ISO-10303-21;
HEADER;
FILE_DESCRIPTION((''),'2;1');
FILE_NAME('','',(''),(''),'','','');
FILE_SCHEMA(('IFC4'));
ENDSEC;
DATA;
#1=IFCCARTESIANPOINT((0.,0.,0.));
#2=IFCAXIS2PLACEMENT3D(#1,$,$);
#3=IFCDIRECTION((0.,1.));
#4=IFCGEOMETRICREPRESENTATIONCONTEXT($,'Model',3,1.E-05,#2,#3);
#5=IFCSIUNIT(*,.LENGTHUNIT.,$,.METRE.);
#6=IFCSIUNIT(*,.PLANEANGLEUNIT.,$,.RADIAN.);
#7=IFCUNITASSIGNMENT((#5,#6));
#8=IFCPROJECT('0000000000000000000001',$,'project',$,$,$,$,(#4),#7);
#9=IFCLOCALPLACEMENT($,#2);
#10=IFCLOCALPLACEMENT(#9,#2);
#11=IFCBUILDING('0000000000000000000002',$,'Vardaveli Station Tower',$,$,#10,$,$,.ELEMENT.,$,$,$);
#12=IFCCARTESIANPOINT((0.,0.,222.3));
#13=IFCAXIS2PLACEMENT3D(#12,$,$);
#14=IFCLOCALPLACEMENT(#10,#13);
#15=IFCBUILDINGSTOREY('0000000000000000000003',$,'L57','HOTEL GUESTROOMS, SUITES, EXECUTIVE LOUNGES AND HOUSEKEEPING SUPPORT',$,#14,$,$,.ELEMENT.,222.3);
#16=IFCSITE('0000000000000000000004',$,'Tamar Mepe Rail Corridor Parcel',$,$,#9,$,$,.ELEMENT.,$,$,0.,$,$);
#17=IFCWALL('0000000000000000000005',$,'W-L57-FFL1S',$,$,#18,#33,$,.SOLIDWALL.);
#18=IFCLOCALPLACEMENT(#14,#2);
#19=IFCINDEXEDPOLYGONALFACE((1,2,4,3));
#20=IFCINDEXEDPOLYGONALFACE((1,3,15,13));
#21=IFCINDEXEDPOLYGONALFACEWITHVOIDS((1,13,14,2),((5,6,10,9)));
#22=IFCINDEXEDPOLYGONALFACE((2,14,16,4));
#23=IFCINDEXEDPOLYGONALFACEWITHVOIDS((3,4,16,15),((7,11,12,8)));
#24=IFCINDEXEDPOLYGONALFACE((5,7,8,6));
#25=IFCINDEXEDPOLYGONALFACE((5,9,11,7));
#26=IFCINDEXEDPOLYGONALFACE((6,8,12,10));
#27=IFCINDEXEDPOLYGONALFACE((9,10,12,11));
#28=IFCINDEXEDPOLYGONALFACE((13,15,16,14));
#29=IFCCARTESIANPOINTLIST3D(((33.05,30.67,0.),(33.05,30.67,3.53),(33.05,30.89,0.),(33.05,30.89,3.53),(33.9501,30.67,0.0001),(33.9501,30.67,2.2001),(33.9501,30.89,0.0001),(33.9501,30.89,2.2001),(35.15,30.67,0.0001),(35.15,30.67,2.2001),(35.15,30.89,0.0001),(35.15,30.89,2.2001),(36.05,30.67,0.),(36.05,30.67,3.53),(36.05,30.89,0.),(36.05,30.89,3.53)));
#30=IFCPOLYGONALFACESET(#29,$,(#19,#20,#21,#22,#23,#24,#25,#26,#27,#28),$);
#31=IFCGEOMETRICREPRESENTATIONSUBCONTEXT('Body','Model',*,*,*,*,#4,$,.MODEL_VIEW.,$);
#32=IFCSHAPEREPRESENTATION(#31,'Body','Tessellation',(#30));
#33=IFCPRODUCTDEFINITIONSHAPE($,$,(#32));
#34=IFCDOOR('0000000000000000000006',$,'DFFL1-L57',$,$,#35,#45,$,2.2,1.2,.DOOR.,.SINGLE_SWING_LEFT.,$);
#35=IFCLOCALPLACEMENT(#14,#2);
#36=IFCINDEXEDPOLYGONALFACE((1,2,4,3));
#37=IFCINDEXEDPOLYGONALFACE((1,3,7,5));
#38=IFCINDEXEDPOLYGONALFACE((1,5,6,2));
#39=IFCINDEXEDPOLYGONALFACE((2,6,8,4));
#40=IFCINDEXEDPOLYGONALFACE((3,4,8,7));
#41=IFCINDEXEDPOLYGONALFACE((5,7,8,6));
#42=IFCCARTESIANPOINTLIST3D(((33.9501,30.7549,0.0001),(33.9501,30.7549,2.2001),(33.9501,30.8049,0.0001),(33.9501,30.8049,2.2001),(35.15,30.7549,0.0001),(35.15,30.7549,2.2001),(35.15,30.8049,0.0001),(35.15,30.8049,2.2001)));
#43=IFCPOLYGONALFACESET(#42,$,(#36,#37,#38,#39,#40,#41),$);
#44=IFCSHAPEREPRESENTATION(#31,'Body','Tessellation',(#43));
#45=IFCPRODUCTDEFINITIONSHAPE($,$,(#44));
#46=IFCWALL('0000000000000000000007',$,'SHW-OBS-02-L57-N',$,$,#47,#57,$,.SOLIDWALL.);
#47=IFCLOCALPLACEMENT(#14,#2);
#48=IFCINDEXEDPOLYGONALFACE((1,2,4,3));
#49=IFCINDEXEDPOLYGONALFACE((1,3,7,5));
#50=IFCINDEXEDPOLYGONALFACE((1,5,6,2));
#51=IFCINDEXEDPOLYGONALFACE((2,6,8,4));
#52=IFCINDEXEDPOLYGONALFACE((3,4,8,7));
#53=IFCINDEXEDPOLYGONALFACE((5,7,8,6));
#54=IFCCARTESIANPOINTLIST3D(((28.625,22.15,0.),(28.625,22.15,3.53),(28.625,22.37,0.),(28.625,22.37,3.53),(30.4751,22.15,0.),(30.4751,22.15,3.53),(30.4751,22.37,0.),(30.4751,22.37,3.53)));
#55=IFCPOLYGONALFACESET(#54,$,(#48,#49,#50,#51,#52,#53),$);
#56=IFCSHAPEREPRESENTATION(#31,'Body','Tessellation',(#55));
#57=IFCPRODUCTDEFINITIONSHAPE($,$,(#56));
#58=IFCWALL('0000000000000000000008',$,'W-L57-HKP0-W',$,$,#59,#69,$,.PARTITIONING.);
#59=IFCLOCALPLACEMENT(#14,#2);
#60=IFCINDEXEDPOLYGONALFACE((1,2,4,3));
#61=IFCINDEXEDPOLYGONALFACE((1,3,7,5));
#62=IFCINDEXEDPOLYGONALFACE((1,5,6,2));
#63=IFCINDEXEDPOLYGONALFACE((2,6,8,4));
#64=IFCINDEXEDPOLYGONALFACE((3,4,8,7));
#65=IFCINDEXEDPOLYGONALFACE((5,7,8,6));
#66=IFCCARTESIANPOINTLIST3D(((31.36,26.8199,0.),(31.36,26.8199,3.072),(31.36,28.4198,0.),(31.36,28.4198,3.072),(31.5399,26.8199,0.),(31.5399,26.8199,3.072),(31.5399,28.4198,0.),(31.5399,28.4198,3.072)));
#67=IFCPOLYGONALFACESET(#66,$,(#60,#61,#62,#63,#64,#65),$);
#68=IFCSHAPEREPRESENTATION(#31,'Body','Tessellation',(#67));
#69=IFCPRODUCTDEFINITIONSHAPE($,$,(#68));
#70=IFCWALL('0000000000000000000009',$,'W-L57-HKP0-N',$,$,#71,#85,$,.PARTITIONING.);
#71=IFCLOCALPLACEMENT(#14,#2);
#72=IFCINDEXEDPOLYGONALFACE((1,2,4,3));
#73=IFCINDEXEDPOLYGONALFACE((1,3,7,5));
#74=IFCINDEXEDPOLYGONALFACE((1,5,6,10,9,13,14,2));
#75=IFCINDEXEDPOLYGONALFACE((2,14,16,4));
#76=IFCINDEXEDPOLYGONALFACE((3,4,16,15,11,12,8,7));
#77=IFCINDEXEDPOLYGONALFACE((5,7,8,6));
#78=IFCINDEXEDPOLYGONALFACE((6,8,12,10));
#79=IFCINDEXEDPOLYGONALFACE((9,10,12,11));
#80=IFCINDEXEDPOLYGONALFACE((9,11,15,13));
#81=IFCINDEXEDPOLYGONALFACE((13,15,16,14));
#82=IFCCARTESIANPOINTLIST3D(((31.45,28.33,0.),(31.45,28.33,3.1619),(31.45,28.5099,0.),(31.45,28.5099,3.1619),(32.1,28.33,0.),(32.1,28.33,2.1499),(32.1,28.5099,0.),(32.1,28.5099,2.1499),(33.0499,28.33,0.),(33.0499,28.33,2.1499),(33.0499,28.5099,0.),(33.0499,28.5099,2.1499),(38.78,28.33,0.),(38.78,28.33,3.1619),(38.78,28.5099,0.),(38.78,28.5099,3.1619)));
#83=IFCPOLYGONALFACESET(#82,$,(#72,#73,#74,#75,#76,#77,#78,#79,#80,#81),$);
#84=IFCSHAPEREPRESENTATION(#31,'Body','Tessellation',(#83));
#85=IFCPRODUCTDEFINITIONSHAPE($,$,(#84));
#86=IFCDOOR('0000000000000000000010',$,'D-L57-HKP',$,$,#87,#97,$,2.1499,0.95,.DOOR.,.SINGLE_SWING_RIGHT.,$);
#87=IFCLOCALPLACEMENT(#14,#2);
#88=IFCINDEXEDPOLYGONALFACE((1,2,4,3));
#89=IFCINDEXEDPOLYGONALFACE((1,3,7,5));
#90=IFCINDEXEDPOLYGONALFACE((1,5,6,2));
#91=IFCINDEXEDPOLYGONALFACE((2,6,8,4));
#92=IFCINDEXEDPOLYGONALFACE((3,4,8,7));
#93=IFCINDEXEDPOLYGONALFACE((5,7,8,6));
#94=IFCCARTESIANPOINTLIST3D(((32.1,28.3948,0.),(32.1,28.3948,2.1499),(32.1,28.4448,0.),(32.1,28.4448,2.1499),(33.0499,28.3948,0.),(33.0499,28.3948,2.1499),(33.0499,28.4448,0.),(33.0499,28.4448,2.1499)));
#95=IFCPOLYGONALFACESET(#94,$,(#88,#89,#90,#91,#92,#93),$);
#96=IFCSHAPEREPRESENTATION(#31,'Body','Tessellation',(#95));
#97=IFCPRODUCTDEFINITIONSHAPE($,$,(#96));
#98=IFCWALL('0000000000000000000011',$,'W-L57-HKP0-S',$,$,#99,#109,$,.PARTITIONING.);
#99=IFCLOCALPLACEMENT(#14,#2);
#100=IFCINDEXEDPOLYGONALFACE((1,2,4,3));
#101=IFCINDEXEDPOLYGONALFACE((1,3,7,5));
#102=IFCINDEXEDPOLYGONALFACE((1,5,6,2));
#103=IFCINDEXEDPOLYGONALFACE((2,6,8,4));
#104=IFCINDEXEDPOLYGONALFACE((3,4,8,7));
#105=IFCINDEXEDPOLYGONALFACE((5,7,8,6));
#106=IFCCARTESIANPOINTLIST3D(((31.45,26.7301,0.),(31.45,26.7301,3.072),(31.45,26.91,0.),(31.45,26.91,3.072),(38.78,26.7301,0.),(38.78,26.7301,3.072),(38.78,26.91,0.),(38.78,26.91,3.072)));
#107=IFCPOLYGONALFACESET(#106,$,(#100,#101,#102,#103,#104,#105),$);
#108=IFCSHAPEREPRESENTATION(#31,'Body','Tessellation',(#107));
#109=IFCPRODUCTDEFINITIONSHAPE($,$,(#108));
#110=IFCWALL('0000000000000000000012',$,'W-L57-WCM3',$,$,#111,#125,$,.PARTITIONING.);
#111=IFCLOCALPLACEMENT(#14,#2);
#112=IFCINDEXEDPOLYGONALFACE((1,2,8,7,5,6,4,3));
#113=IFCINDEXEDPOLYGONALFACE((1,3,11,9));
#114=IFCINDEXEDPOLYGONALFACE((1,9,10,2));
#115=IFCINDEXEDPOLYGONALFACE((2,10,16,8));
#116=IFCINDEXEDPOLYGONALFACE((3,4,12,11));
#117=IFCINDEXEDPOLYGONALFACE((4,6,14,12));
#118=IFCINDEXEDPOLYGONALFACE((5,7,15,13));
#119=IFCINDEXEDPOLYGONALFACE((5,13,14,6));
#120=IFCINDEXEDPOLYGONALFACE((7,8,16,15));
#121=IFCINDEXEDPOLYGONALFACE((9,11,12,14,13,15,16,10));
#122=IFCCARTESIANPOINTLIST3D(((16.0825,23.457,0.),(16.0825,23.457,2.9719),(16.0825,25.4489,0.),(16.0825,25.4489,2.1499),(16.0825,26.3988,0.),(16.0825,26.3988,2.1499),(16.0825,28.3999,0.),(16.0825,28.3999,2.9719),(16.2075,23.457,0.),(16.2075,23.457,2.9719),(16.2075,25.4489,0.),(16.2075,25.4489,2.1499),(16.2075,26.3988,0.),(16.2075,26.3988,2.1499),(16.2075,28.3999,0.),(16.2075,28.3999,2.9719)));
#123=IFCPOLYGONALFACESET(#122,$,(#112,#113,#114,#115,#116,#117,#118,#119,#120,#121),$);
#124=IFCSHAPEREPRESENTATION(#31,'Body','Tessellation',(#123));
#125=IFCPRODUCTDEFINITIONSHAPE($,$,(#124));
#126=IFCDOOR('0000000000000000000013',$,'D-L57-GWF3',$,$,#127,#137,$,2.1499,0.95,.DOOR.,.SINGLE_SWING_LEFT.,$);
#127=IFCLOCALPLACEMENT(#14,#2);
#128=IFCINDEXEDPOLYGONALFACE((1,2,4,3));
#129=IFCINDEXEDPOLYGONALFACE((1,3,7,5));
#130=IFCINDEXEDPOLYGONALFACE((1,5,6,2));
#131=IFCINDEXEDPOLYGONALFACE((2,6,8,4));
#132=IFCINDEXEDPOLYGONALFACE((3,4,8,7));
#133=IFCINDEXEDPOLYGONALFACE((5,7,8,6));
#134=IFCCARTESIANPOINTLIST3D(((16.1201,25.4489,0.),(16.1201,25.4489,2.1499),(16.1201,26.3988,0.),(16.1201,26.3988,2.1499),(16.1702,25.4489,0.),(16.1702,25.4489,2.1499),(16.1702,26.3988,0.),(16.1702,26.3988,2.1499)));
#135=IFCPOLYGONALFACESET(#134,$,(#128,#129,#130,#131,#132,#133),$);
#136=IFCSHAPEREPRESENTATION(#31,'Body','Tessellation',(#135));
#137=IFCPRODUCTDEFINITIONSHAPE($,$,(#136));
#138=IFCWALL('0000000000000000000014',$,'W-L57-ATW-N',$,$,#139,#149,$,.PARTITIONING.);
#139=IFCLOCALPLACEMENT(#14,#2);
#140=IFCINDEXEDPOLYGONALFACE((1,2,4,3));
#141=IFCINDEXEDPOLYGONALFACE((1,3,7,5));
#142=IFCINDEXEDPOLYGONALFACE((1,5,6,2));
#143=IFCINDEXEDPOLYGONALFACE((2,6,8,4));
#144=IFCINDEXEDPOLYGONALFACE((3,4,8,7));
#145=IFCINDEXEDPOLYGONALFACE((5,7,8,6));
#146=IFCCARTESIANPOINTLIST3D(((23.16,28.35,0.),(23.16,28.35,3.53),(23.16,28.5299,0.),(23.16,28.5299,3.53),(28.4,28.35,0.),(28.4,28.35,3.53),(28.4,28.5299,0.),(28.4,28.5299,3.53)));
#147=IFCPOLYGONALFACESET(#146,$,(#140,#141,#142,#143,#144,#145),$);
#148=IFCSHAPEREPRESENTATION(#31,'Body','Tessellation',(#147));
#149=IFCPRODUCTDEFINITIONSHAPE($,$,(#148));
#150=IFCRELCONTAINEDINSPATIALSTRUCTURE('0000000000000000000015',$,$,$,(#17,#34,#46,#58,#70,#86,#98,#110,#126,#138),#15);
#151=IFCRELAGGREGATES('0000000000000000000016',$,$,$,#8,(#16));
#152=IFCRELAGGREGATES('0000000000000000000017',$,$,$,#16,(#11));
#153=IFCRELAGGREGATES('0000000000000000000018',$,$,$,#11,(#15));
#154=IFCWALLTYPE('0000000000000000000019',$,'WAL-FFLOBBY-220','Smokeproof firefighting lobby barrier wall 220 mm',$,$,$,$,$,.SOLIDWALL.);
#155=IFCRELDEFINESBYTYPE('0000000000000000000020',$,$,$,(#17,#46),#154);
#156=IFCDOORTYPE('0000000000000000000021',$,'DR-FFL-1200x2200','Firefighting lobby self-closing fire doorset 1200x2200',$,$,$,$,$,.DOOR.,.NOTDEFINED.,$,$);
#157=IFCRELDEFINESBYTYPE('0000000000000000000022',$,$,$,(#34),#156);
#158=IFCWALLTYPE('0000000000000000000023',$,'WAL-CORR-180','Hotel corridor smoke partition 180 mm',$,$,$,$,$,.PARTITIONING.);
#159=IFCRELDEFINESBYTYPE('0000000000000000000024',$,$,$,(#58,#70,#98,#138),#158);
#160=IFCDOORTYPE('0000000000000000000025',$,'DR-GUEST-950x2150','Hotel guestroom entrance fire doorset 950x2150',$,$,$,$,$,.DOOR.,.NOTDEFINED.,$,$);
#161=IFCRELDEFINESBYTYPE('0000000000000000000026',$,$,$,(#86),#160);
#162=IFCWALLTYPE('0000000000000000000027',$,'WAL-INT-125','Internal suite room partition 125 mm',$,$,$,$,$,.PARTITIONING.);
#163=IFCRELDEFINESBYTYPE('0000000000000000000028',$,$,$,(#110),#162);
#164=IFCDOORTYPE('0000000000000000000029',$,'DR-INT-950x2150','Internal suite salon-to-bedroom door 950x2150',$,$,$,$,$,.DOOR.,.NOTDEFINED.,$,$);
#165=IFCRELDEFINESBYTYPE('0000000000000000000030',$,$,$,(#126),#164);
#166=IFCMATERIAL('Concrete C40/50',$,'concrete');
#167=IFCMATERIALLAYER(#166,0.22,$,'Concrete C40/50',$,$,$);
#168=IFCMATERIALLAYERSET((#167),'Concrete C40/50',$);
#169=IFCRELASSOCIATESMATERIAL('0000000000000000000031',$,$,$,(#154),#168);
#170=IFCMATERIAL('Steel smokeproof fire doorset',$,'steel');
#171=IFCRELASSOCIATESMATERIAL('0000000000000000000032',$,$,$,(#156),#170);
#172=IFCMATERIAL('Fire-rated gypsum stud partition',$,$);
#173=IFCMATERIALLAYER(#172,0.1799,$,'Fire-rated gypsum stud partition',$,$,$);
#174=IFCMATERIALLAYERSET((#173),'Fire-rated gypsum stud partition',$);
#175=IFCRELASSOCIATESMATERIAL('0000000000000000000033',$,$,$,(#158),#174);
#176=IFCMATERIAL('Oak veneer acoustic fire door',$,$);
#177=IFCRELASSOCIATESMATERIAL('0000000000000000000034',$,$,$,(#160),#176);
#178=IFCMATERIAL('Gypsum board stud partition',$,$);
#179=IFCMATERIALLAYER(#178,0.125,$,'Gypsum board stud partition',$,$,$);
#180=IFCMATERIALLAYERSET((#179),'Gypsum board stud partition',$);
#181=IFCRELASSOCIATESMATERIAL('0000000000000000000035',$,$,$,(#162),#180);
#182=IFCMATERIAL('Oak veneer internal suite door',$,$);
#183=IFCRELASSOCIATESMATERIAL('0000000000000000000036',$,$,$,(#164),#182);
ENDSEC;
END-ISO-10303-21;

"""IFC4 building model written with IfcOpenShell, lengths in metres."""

from ifc_helpers import new_model, si_unit, direction, frame, frame_2d, origin, place, context, subcontext, project, spatial, rectangle, extrude, source, transform, mapped, material, layer, layer_set, type_object, element, fill, save


model = new_model("IFC4")

# Units and contexts
model_context = context("Model", 3, precision=1e-05, world=origin(), true_north=direction((0.0, 1.0)))
body_context = subcontext(model_context, "Body", "Model", "MODEL_VIEW")
ifc_project = project(units=[si_unit("LENGTHUNIT", "METRE"), si_unit("PLANEANGLEUNIT", "RADIAN")], contexts=[model_context])

# Site, building, storey
site_placement = place(None, origin())
site = spatial("IfcSite", under=ifc_project, at=site_placement, Name="Tamar Mepe Rail Corridor Parcel", CompositionType="ELEMENT", RefElevation=0.0)
building_placement = place(site_placement, origin())
building = spatial("IfcBuilding", under=site, at=building_placement, Name="Vardaveli Station Tower", CompositionType="ELEMENT")
storey_placement = place(building_placement, frame((0.0, 0.0, 222.3)))
storey = spatial("IfcBuildingStorey", under=building, at=storey_placement, Name="L57", Description="HOTEL GUESTROOMS, SUITES, EXECUTIVE LOUNGES AND HOUSEKEEPING SUPPORT", CompositionType="ELEMENT", Elevation=222.3)

# Shared definitions
ifc_material_1 = material(Name="Concrete C40/50", Category="concrete")

# Wall, opening, door
ifc_material_2 = material(Name="Steel smokeproof fire doorset", Category="steel")
ifc_layer_1 = layer(ifc_material_1, 0.22, Name="Concrete C40/50")
ifc_layer_set_1 = layer_set([ifc_layer_1], Name="Concrete C40/50")
wall_type_1 = type_object("IfcWallType", Name="WAL-FFLOBBY-220", Description="Smokeproof firefighting lobby barrier wall 220 mm", PredefinedType="SOLIDWALL", material=ifc_layer_set_1)
shared_shape_1 = source(origin(), body_context, "Body", "SweptSolid", [
    extrude(rectangle(XDim=3.0, YDim=0.22, at=frame_2d((1.5, 0.0))), origin(), (0.0, 0.0, 1.0), 3.53),
])
wall_1_placement = place(storey_placement, frame((33.05, 30.78, 0.0), z_axis=(0.0, 0.0, 1.0), x_axis=(1.0, 0.0, 0.0)))
wall_1 = element("IfcWall", 1, at=wall_1_placement, inside=storey, type_object=wall_type_1, Name="W-L57-FFL1S", PredefinedType="SOLIDWALL", context=body_context, shape_type="MappedRepresentation", body=[
    mapped(shared_shape_1, transform((0.0, 0.0, 0.0), scale=1.0)),
])
shared_shape_2 = source(origin(), body_context, "Body", "SweptSolid", [
    extrude(rectangle(XDim=1.2, YDim=2.2, at=frame_2d((0.6001, 1.1001))), frame((0.0, 0.1201, 0.0), z_axis=(0.0, -1.0, 0.0), x_axis=(1.0, 0.0, 0.0)), (0.0, 0.0, 1.0), 0.24),
])
opening_1_placement = place(wall_1_placement, frame((0.8999, 0.0, 0.0)))
opening_1 = element("IfcOpeningElement", 2, at=opening_1_placement, cuts=wall_1, PredefinedType="OPENING", context=body_context, shape_type="MappedRepresentation", body=[
    mapped(shared_shape_2, transform((0.0, 0.0, 0.0), scale=1.0)),
])
door_type_1 = type_object("IfcDoorType", Name="DR-FFL-1200x2200", Description="Firefighting lobby self-closing fire doorset 1200x2200", OperationType="NOTDEFINED", PredefinedType="DOOR", material=ifc_material_2)
shared_shape_3 = source(origin(), body_context, "Body", "SweptSolid", [
    extrude(rectangle(XDim=1.2, YDim=2.2, at=frame_2d((0.6001, 1.1001))), frame((0.0, 0.0249, 0.0), z_axis=(0.0, -1.0, 0.0), x_axis=(1.0, 0.0, 0.0)), (0.0, 0.0, 1.0), 0.05),
])
door_1_placement = place(opening_1_placement, origin())
door_1 = element("IfcDoor", 3, at=door_1_placement, inside=storey, type_object=door_type_1, Name="DFFL1-L57", OperationType="SINGLE_SWING_LEFT", OverallHeight=2.2, OverallWidth=1.2, PredefinedType="DOOR", context=body_context, shape_type="MappedRepresentation", body=[
    mapped(shared_shape_3, transform((0.0, 0.0, 0.0), scale=1.0)),
])
fill(opening_1, door_1)

# Walls
shared_shape_4 = source(origin(), body_context, "Body", "SweptSolid", [
    extrude(rectangle(XDim=1.8501, YDim=0.22, at=frame_2d((0.925, 0.0))), origin(), (0.0, 0.0, 1.0), 3.53),
])
wall_2_placement = place(storey_placement, frame((28.625, 22.26, 0.0), z_axis=(0.0, 0.0, 1.0), x_axis=(1.0, 0.0, 0.0)))
element("IfcWall", 4, at=wall_2_placement, inside=storey, type_object=wall_type_1, Name="SHW-OBS-02-L57-N", PredefinedType="SOLIDWALL", context=body_context, shape_type="MappedRepresentation", body=[
    mapped(shared_shape_4, transform((0.0, 0.0, 0.0), scale=1.0)),
])
ifc_material_3 = material(Name="Fire-rated gypsum stud partition")
ifc_layer_2 = layer(ifc_material_3, 0.1799, Name="Fire-rated gypsum stud partition")
ifc_layer_set_2 = layer_set([ifc_layer_2], Name="Fire-rated gypsum stud partition")
wall_type_2 = type_object("IfcWallType", Name="WAL-CORR-180", Description="Hotel corridor smoke partition 180 mm", PredefinedType="PARTITIONING", material=ifc_layer_set_2)
shared_shape_5 = source(origin(), body_context, "Body", "SweptSolid", [
    extrude(rectangle(XDim=1.5999, YDim=0.1799, at=frame_2d((0.7998, 0.0))), origin(), (0.0, 0.0, 1.0), 3.072),
])
wall_3_placement = place(storey_placement, frame((31.45, 26.8201, 0.0), z_axis=(0.0, 0.0, 1.0), x_axis=(0.0, 1.0, 0.0)))
element("IfcWall", 5, at=wall_3_placement, inside=storey, type_object=wall_type_2, Name="W-L57-HKP0-W", PredefinedType="PARTITIONING", context=body_context, shape_type="MappedRepresentation", body=[
    mapped(shared_shape_5, transform((0.0, 0.0, 0.0), scale=1.0)),
])

# Wall, opening, door
shared_shape_6 = source(origin(), body_context, "Body", "SweptSolid", [
    extrude(rectangle(XDim=7.3301, YDim=0.1799, at=frame_2d((3.665, 0.0))), origin(), (0.0, 0.0, 1.0), 3.1619),
])
wall_4_placement = place(storey_placement, frame((31.45, 28.4199, 0.0), z_axis=(0.0, 0.0, 1.0), x_axis=(1.0, 0.0, 0.0)))
wall_4 = element("IfcWall", 6, at=wall_4_placement, inside=storey, type_object=wall_type_2, Name="W-L57-HKP0-N", PredefinedType="PARTITIONING", context=body_context, shape_type="MappedRepresentation", body=[
    mapped(shared_shape_6, transform((0.0, 0.0, 0.0), scale=1.0)),
])
shared_shape_7 = source(origin(), body_context, "Body", "SweptSolid", [
    extrude(rectangle(XDim=0.95, YDim=2.1499, at=frame_2d((0.4751, 1.075))), frame((0.0, 0.1001, 0.0), z_axis=(0.0, -1.0, 0.0), x_axis=(1.0, 0.0, 0.0)), (0.0, 0.0, 1.0), 0.2),
])
opening_2_placement = place(wall_4_placement, frame((0.6499, 0.0, 0.0)))
opening_2 = element("IfcOpeningElement", 7, at=opening_2_placement, cuts=wall_4, PredefinedType="OPENING", context=body_context, shape_type="MappedRepresentation", body=[
    mapped(shared_shape_7, transform((0.0, 0.0, 0.0), scale=1.0)),
])
ifc_material_4 = material(Name="Oak veneer acoustic fire door")
door_type_2 = type_object("IfcDoorType", Name="DR-GUEST-950x2150", Description="Hotel guestroom entrance fire doorset 950x2150", OperationType="NOTDEFINED", PredefinedType="DOOR", material=ifc_material_4)
shared_shape_8 = source(origin(), body_context, "Body", "SweptSolid", [
    extrude(rectangle(XDim=0.95, YDim=2.1499, at=frame_2d((0.4751, 1.075))), frame((0.0, 0.0249, 0.0), z_axis=(0.0, -1.0, 0.0), x_axis=(1.0, 0.0, 0.0)), (0.0, 0.0, 1.0), 0.05),
])
door_2_placement = place(opening_2_placement, origin())
door_2 = element("IfcDoor", 8, at=door_2_placement, inside=storey, type_object=door_type_2, Name="D-L57-HKP", OperationType="SINGLE_SWING_RIGHT", OverallHeight=2.1499, OverallWidth=0.95, PredefinedType="DOOR", context=body_context, shape_type="MappedRepresentation", body=[
    mapped(shared_shape_8, transform((0.0, 0.0, 0.0), scale=1.0)),
])
fill(opening_2, door_2)

# Wall
shared_shape_9 = source(origin(), body_context, "Body", "SweptSolid", [
    extrude(rectangle(XDim=7.3301, YDim=0.1799, at=frame_2d((3.665, 0.0))), origin(), (0.0, 0.0, 1.0), 3.072),
])
wall_5_placement = place(storey_placement, frame((31.45, 26.8201, 0.0), z_axis=(0.0, 0.0, 1.0), x_axis=(1.0, 0.0, 0.0)))
element("IfcWall", 9, at=wall_5_placement, inside=storey, type_object=wall_type_2, Name="W-L57-HKP0-S", PredefinedType="PARTITIONING", context=body_context, shape_type="MappedRepresentation", body=[
    mapped(shared_shape_9, transform((0.0, 0.0, 0.0), scale=1.0)),
])

# Wall, opening, door
ifc_material_5 = material(Name="Gypsum board stud partition")
ifc_layer_3 = layer(ifc_material_5, 0.125, Name="Gypsum board stud partition")
ifc_layer_set_3 = layer_set([ifc_layer_3], Name="Gypsum board stud partition")
wall_type_3 = type_object("IfcWallType", Name="WAL-INT-125", Description="Internal suite room partition 125 mm", PredefinedType="PARTITIONING", material=ifc_layer_set_3)
shared_shape_10 = source(origin(), body_context, "Body", "SweptSolid", [
    extrude(rectangle(XDim=4.9429, YDim=0.125, at=frame_2d((2.4714, 0.0))), origin(), (0.0, 0.0, 1.0), 2.9719),
])
wall_6_placement = place(storey_placement, frame((16.145, 23.457, 0.0), z_axis=(0.0, 0.0, 1.0), x_axis=(0.0, 1.0, 0.0)))
wall_6 = element("IfcWall", 10, at=wall_6_placement, inside=storey, type_object=wall_type_3, Name="W-L57-WCM3", PredefinedType="PARTITIONING", context=body_context, shape_type="MappedRepresentation", body=[
    mapped(shared_shape_10, transform((0.0, 0.0, 0.0), scale=1.0)),
])
shared_shape_11 = source(origin(), body_context, "Body", "SweptSolid", [
    extrude(rectangle(XDim=0.95, YDim=2.1499, at=frame_2d((0.4751, 1.075))), frame((0.0, 0.0725, 0.0), z_axis=(0.0, -1.0, 0.0), x_axis=(1.0, 0.0, 0.0)), (0.0, 0.0, 1.0), 0.145),
])
opening_3_placement = place(wall_6_placement, frame((1.9917, 0.0, 0.0)))
opening_3 = element("IfcOpeningElement", 11, at=opening_3_placement, cuts=wall_6, PredefinedType="OPENING", context=body_context, shape_type="MappedRepresentation", body=[
    mapped(shared_shape_11, transform((0.0, 0.0, 0.0), scale=1.0)),
])
ifc_material_6 = material(Name="Oak veneer internal suite door")
door_type_3 = type_object("IfcDoorType", Name="DR-INT-950x2150", Description="Internal suite salon-to-bedroom door 950x2150", OperationType="NOTDEFINED", PredefinedType="DOOR", material=ifc_material_6)
door_3_placement = place(opening_3_placement, origin())
door_3 = element("IfcDoor", 12, at=door_3_placement, inside=storey, type_object=door_type_3, Name="D-L57-GWF3", OperationType="SINGLE_SWING_LEFT", OverallHeight=2.1499, OverallWidth=0.95, PredefinedType="DOOR", context=body_context, shape_type="MappedRepresentation", body=[
    mapped(shared_shape_8, transform((0.0, 0.0, 0.0), scale=1.0)),
])
fill(opening_3, door_3)

# Wall
shared_shape_12 = source(origin(), body_context, "Body", "SweptSolid", [
    extrude(rectangle(XDim=5.24, YDim=0.1799, at=frame_2d((2.6201, 0.0))), origin(), (0.0, 0.0, 1.0), 3.53),
])
wall_7_placement = place(storey_placement, frame((23.1599, 28.4399, 0.0), z_axis=(0.0, 0.0, 1.0), x_axis=(1.0, 0.0, 0.0)))
element("IfcWall", 13, at=wall_7_placement, inside=storey, type_object=wall_type_2, Name="W-L57-ATW-N", PredefinedType="PARTITIONING", context=body_context, shape_type="MappedRepresentation", body=[
    mapped(shared_shape_12, transform((0.0, 0.0, 0.0), scale=1.0)),
])

save(model, "model.ifc")
